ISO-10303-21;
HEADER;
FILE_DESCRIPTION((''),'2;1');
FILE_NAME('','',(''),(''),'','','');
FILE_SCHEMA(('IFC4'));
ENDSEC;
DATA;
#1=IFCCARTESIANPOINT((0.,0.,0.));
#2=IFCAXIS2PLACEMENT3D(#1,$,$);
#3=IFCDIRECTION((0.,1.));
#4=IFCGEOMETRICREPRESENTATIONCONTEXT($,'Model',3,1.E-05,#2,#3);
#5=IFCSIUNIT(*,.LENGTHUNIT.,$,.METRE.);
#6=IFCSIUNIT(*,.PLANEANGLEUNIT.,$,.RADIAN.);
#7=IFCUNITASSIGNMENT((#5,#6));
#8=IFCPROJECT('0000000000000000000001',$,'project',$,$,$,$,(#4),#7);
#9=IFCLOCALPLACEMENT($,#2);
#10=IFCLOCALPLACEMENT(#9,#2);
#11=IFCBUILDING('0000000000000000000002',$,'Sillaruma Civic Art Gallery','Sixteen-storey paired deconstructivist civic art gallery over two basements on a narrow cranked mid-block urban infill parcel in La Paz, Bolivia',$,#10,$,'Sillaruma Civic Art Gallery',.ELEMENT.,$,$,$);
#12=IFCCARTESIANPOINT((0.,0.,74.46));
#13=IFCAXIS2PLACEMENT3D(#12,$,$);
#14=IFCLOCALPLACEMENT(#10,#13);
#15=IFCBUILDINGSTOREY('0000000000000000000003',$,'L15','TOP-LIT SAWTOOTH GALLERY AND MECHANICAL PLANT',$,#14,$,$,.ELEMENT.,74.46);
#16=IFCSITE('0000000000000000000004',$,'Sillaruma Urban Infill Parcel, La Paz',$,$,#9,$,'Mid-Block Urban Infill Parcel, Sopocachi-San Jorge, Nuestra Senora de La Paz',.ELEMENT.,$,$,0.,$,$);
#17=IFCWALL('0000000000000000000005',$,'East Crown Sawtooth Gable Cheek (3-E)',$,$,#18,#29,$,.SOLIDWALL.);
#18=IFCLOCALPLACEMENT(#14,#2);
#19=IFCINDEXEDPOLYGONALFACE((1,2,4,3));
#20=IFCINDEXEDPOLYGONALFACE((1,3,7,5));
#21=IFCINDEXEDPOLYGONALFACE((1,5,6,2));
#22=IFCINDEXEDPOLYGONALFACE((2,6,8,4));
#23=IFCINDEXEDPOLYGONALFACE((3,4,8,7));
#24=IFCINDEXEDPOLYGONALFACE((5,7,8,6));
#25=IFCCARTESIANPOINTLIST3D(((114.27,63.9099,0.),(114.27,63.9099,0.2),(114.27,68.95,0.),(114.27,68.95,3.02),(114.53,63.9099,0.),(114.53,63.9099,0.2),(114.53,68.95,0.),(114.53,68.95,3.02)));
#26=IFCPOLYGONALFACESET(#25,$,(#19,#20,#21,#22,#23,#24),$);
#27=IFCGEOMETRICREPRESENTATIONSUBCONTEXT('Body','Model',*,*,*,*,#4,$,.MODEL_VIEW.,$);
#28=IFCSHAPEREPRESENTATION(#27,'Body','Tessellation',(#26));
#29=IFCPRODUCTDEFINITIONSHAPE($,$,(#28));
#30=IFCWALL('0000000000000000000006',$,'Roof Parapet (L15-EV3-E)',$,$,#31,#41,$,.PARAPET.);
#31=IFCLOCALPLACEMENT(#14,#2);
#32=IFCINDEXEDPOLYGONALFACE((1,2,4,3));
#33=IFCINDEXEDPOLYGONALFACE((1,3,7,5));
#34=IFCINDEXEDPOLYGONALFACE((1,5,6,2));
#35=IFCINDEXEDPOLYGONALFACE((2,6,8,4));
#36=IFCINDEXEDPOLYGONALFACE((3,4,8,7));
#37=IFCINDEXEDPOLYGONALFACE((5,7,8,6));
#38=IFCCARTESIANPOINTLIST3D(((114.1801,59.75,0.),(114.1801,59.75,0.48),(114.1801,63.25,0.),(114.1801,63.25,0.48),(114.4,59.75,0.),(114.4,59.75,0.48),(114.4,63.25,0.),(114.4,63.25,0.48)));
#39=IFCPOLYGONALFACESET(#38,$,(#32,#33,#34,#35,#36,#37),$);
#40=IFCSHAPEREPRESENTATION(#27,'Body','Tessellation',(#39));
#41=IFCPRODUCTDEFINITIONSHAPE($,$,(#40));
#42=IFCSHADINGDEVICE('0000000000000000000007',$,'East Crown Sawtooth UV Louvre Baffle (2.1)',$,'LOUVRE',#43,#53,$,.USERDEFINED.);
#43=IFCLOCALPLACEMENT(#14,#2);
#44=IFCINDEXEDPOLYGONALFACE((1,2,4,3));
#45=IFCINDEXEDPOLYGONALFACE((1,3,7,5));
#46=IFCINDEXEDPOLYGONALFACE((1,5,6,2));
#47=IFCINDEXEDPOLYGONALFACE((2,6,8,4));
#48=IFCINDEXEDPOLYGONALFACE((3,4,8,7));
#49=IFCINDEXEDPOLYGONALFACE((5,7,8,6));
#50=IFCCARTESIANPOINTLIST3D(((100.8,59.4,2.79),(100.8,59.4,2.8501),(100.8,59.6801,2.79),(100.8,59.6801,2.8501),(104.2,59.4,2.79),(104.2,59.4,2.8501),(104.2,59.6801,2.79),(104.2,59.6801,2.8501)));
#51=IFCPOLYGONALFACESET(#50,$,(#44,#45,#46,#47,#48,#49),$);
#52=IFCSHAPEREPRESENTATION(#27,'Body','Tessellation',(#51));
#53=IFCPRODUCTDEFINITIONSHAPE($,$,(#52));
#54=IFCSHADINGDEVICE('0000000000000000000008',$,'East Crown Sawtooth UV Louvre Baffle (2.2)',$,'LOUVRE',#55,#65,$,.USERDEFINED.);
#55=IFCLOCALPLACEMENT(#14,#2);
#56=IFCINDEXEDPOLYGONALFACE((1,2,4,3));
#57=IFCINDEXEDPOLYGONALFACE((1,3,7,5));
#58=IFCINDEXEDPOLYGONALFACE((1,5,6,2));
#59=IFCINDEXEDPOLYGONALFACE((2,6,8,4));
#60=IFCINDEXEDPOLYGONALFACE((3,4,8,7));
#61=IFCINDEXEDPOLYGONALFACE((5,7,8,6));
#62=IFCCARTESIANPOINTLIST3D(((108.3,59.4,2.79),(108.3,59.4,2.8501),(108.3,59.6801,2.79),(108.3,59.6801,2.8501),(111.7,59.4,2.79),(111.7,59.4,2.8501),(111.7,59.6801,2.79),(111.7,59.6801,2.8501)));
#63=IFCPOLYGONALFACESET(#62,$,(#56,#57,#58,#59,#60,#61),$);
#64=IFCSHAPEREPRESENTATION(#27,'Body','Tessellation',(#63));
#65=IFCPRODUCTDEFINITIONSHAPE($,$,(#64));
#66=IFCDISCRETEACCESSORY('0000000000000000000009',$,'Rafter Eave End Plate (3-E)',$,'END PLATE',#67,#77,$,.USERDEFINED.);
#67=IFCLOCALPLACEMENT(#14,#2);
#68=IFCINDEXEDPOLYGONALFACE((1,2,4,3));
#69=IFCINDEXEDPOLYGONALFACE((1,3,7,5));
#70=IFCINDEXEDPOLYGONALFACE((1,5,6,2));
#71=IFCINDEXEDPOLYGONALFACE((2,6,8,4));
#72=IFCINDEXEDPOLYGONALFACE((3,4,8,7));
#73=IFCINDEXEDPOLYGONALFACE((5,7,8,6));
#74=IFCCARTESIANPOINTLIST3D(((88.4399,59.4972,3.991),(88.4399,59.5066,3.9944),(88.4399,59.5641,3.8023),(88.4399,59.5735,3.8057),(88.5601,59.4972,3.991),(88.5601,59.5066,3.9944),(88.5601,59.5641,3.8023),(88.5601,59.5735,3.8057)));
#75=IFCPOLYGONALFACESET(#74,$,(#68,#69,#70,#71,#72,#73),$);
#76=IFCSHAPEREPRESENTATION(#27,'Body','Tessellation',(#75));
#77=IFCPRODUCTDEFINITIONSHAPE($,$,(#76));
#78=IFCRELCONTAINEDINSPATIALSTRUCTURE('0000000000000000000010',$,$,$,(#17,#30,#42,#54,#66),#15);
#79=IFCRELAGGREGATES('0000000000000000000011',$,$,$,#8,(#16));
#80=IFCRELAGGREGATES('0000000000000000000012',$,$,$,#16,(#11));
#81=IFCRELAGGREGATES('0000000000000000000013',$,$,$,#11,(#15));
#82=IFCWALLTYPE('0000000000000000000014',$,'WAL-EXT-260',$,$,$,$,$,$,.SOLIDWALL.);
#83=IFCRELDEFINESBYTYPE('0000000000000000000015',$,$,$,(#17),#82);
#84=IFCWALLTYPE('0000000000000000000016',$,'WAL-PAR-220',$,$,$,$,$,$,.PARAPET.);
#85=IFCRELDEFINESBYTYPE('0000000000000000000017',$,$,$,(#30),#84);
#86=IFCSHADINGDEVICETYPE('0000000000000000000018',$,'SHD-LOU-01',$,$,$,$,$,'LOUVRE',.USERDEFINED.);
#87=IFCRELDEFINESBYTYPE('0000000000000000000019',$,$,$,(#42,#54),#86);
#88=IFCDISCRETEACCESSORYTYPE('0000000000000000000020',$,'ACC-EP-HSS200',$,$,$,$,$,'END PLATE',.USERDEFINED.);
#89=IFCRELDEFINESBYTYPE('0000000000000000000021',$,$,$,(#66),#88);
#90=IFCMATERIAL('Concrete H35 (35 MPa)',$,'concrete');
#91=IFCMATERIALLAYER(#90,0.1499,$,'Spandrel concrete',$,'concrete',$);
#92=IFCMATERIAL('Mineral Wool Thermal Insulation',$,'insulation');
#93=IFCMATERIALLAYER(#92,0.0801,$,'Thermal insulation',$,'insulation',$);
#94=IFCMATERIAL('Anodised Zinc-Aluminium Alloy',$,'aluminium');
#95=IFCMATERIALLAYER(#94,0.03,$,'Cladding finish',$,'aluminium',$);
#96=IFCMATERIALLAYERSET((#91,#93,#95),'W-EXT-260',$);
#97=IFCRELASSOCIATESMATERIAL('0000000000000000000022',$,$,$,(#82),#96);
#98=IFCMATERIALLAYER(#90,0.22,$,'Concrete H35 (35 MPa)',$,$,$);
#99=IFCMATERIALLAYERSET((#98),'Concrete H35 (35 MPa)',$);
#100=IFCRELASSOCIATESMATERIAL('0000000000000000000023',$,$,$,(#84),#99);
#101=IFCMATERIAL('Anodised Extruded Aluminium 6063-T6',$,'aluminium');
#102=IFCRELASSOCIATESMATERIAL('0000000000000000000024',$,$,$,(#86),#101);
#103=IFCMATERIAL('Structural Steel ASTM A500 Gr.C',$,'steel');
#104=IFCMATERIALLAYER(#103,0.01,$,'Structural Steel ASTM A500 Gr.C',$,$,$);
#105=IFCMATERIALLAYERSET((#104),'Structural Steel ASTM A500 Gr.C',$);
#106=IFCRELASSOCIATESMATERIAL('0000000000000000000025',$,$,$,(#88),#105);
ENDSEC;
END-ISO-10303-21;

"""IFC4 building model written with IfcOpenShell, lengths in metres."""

from ifc_helpers import new_model, si_unit, direction, frame, frame_2d, origin, origin_2d, place, context, subcontext, project, spatial, polyline, rectangle, outline, extrude, material, layer, layer_set, type_object, element, save


model = new_model("IFC4")

# Units and contexts
model_context = context("Model", 3, precision=1e-05, world=origin(), true_north=direction((0.0, 1.0)))
body_context = subcontext(model_context, "Body", "Model", "MODEL_VIEW")
ifc_project = project(units=[si_unit("LENGTHUNIT", "METRE"), si_unit("PLANEANGLEUNIT", "RADIAN")], contexts=[model_context])

# Site, building, storey
site_placement = place(None, origin())
site = spatial("IfcSite", under=ifc_project, at=site_placement, Name="Sillaruma Urban Infill Parcel, La Paz", LongName="Mid-Block Urban Infill Parcel, Sopocachi-San Jorge, Nuestra Senora de La Paz", CompositionType="ELEMENT", RefElevation=0.0)
building_placement = place(site_placement, origin())
building = spatial("IfcBuilding", under=site, at=building_placement, Name="Sillaruma Civic Art Gallery", Description="Sixteen-storey paired deconstructivist civic art gallery over two basements on a narrow cranked mid-block urban infill parcel in La Paz, Bolivia", LongName="Sillaruma Civic Art Gallery", CompositionType="ELEMENT")
storey_placement = place(building_placement, frame((0.0, 0.0, 74.46)))
storey = spatial("IfcBuildingStorey", under=building, at=storey_placement, Name="L15", Description="TOP-LIT SAWTOOTH GALLERY AND MECHANICAL PLANT", CompositionType="ELEMENT", Elevation=74.46)

# Shared definitions
ifc_material_1 = material(Name="Concrete H35 (35 MPa)", Category="concrete")

# Shared definitions
ifc_material_2 = material(Name="Structural Steel ASTM A500 Gr.C", Category="steel")

# Shared definitions
ifc_layer_1 = layer(ifc_material_1, 0.1499, Name="Spandrel concrete", Category="concrete")
ifc_material_3 = material(Name="Mineral Wool Thermal Insulation", Category="insulation")
ifc_layer_2 = layer(ifc_material_3, 0.0801, Name="Thermal insulation", Category="insulation")
ifc_material_4 = material(Name="Anodised Zinc-Aluminium Alloy", Category="aluminium")
ifc_layer_3 = layer(ifc_material_4, 0.03, Name="Cladding finish", Category="aluminium")
ifc_layer_set_1 = layer_set([ifc_layer_1, ifc_layer_2, ifc_layer_3], Name="W-EXT-260")
wall_type_1 = type_object("IfcWallType", Name="WAL-EXT-260", PredefinedType="SOLIDWALL", material=ifc_layer_set_1)

# Walls
for number, where, z_axis, x_axis, name in (
    (1, (114.3999, 63.9099, 0.0), (0.0, 0.0, 1.0), (0.0, 1.0, 0.0), "East Crown Sawtooth Gable Cheek (3-E)"),
):
    element("IfcWall", number, at=place(storey_placement, frame(where, z_axis=z_axis, x_axis=x_axis)), inside=storey, type_object=wall_type_1, Name=name, PredefinedType="SOLIDWALL", context=body_context, shape_type="SweptSolid", body=[
        extrude(outline(polyline([(0.0, 0.0), (5.04, 0.0), (5.04, 3.02), (0.0, 0.2), (0.0, 0.0)])), frame((0.0, 0.1299, 0.0), z_axis=(0.0, -1.0, 0.0), x_axis=(1.0, 0.0, 0.0)), (0.0, 0.0, 1.0), 0.26),
    ])
ifc_layer_4 = layer(ifc_material_1, 0.22, Name="Concrete H35 (35 MPa)")
ifc_layer_set_2 = layer_set([ifc_layer_4], Name="Concrete H35 (35 MPa)")
wall_type_2 = type_object("IfcWallType", Name="WAL-PAR-220", PredefinedType="PARAPET", material=ifc_layer_set_2)
wall_1_placement = place(storey_placement, frame((114.29, 59.75, 0.0), z_axis=(0.0, 0.0, 1.0), x_axis=(0.0, 1.0, 0.0)))
element("IfcWall", 2, at=wall_1_placement, inside=storey, type_object=wall_type_2, Name="Roof Parapet (L15-EV3-E)", PredefinedType="PARAPET", context=body_context, shape_type="SweptSolid", body=[
    extrude(rectangle(XDim=3.5, YDim=0.22, at=frame_2d((1.75, 0.0))), origin(), (0.0, 0.0, 1.0), 0.48),
])

# Shading devices
ifc_material_5 = material(Name="Anodised Extruded Aluminium 6063-T6", Category="aluminium")
shading_device_type = type_object("IfcShadingDeviceType", Name="SHD-LOU-01", ElementType="LOUVRE", PredefinedType="USERDEFINED", material=ifc_material_5)
for number, where, z_axis, x_axis, name in (
    (3, (102.5, 59.54, 2.79), (0.0, 0.0, 1.0), (1.0, 0.0, 0.0), "East Crown Sawtooth UV Louvre Baffle (2.1)"),
    (4, (110.0, 59.54, 2.79), (0.0, 0.0, 1.0), (1.0, 0.0, 0.0), "East Crown Sawtooth UV Louvre Baffle (2.2)"),
):
    element("IfcShadingDevice", number, at=place(storey_placement, frame(where, z_axis=z_axis, x_axis=x_axis)), inside=storey, type_object=shading_device_type, Name=name, ObjectType="LOUVRE", PredefinedType="USERDEFINED", context=body_context, shape_type="SweptSolid", body=[
        extrude(rectangle(XDim=3.3999, YDim=0.28, at=origin_2d()), origin(), (0.0, 0.0, 1.0), 0.0601),
    ])

# Discrete accessory
ifc_layer_5 = layer(ifc_material_2, 0.01, Name="Structural Steel ASTM A500 Gr.C")
ifc_layer_set_3 = layer_set([ifc_layer_5], Name="Structural Steel ASTM A500 Gr.C")
discrete_accessory_type = type_object("IfcDiscreteAccessoryType", Name="ACC-EP-HSS200", ElementType="END PLATE", PredefinedType="USERDEFINED", material=ifc_layer_set_3)
discrete_accessory_placement = place(storey_placement, frame((88.5601, 59.5735, 3.8057), z_axis=(0.0, 0.942539, 0.334095), x_axis=(-1.0, 0.0, 0.0)))
element("IfcDiscreteAccessory", 5, at=discrete_accessory_placement, inside=storey, type_object=discrete_accessory_type, Name="Rafter Eave End Plate (3-E)", ObjectType="END PLATE", PredefinedType="USERDEFINED", context=body_context, shape_type="SweptSolid", body=[
    extrude(outline(polyline([(0.0, 0.0), (0.1201, 0.0), (0.1201, 0.2002), (0.0, 0.2002), (0.0, 0.0)])), origin(), (0.0, 0.0, -1.0), 0.01),
])

save(model, "model.ifc")
